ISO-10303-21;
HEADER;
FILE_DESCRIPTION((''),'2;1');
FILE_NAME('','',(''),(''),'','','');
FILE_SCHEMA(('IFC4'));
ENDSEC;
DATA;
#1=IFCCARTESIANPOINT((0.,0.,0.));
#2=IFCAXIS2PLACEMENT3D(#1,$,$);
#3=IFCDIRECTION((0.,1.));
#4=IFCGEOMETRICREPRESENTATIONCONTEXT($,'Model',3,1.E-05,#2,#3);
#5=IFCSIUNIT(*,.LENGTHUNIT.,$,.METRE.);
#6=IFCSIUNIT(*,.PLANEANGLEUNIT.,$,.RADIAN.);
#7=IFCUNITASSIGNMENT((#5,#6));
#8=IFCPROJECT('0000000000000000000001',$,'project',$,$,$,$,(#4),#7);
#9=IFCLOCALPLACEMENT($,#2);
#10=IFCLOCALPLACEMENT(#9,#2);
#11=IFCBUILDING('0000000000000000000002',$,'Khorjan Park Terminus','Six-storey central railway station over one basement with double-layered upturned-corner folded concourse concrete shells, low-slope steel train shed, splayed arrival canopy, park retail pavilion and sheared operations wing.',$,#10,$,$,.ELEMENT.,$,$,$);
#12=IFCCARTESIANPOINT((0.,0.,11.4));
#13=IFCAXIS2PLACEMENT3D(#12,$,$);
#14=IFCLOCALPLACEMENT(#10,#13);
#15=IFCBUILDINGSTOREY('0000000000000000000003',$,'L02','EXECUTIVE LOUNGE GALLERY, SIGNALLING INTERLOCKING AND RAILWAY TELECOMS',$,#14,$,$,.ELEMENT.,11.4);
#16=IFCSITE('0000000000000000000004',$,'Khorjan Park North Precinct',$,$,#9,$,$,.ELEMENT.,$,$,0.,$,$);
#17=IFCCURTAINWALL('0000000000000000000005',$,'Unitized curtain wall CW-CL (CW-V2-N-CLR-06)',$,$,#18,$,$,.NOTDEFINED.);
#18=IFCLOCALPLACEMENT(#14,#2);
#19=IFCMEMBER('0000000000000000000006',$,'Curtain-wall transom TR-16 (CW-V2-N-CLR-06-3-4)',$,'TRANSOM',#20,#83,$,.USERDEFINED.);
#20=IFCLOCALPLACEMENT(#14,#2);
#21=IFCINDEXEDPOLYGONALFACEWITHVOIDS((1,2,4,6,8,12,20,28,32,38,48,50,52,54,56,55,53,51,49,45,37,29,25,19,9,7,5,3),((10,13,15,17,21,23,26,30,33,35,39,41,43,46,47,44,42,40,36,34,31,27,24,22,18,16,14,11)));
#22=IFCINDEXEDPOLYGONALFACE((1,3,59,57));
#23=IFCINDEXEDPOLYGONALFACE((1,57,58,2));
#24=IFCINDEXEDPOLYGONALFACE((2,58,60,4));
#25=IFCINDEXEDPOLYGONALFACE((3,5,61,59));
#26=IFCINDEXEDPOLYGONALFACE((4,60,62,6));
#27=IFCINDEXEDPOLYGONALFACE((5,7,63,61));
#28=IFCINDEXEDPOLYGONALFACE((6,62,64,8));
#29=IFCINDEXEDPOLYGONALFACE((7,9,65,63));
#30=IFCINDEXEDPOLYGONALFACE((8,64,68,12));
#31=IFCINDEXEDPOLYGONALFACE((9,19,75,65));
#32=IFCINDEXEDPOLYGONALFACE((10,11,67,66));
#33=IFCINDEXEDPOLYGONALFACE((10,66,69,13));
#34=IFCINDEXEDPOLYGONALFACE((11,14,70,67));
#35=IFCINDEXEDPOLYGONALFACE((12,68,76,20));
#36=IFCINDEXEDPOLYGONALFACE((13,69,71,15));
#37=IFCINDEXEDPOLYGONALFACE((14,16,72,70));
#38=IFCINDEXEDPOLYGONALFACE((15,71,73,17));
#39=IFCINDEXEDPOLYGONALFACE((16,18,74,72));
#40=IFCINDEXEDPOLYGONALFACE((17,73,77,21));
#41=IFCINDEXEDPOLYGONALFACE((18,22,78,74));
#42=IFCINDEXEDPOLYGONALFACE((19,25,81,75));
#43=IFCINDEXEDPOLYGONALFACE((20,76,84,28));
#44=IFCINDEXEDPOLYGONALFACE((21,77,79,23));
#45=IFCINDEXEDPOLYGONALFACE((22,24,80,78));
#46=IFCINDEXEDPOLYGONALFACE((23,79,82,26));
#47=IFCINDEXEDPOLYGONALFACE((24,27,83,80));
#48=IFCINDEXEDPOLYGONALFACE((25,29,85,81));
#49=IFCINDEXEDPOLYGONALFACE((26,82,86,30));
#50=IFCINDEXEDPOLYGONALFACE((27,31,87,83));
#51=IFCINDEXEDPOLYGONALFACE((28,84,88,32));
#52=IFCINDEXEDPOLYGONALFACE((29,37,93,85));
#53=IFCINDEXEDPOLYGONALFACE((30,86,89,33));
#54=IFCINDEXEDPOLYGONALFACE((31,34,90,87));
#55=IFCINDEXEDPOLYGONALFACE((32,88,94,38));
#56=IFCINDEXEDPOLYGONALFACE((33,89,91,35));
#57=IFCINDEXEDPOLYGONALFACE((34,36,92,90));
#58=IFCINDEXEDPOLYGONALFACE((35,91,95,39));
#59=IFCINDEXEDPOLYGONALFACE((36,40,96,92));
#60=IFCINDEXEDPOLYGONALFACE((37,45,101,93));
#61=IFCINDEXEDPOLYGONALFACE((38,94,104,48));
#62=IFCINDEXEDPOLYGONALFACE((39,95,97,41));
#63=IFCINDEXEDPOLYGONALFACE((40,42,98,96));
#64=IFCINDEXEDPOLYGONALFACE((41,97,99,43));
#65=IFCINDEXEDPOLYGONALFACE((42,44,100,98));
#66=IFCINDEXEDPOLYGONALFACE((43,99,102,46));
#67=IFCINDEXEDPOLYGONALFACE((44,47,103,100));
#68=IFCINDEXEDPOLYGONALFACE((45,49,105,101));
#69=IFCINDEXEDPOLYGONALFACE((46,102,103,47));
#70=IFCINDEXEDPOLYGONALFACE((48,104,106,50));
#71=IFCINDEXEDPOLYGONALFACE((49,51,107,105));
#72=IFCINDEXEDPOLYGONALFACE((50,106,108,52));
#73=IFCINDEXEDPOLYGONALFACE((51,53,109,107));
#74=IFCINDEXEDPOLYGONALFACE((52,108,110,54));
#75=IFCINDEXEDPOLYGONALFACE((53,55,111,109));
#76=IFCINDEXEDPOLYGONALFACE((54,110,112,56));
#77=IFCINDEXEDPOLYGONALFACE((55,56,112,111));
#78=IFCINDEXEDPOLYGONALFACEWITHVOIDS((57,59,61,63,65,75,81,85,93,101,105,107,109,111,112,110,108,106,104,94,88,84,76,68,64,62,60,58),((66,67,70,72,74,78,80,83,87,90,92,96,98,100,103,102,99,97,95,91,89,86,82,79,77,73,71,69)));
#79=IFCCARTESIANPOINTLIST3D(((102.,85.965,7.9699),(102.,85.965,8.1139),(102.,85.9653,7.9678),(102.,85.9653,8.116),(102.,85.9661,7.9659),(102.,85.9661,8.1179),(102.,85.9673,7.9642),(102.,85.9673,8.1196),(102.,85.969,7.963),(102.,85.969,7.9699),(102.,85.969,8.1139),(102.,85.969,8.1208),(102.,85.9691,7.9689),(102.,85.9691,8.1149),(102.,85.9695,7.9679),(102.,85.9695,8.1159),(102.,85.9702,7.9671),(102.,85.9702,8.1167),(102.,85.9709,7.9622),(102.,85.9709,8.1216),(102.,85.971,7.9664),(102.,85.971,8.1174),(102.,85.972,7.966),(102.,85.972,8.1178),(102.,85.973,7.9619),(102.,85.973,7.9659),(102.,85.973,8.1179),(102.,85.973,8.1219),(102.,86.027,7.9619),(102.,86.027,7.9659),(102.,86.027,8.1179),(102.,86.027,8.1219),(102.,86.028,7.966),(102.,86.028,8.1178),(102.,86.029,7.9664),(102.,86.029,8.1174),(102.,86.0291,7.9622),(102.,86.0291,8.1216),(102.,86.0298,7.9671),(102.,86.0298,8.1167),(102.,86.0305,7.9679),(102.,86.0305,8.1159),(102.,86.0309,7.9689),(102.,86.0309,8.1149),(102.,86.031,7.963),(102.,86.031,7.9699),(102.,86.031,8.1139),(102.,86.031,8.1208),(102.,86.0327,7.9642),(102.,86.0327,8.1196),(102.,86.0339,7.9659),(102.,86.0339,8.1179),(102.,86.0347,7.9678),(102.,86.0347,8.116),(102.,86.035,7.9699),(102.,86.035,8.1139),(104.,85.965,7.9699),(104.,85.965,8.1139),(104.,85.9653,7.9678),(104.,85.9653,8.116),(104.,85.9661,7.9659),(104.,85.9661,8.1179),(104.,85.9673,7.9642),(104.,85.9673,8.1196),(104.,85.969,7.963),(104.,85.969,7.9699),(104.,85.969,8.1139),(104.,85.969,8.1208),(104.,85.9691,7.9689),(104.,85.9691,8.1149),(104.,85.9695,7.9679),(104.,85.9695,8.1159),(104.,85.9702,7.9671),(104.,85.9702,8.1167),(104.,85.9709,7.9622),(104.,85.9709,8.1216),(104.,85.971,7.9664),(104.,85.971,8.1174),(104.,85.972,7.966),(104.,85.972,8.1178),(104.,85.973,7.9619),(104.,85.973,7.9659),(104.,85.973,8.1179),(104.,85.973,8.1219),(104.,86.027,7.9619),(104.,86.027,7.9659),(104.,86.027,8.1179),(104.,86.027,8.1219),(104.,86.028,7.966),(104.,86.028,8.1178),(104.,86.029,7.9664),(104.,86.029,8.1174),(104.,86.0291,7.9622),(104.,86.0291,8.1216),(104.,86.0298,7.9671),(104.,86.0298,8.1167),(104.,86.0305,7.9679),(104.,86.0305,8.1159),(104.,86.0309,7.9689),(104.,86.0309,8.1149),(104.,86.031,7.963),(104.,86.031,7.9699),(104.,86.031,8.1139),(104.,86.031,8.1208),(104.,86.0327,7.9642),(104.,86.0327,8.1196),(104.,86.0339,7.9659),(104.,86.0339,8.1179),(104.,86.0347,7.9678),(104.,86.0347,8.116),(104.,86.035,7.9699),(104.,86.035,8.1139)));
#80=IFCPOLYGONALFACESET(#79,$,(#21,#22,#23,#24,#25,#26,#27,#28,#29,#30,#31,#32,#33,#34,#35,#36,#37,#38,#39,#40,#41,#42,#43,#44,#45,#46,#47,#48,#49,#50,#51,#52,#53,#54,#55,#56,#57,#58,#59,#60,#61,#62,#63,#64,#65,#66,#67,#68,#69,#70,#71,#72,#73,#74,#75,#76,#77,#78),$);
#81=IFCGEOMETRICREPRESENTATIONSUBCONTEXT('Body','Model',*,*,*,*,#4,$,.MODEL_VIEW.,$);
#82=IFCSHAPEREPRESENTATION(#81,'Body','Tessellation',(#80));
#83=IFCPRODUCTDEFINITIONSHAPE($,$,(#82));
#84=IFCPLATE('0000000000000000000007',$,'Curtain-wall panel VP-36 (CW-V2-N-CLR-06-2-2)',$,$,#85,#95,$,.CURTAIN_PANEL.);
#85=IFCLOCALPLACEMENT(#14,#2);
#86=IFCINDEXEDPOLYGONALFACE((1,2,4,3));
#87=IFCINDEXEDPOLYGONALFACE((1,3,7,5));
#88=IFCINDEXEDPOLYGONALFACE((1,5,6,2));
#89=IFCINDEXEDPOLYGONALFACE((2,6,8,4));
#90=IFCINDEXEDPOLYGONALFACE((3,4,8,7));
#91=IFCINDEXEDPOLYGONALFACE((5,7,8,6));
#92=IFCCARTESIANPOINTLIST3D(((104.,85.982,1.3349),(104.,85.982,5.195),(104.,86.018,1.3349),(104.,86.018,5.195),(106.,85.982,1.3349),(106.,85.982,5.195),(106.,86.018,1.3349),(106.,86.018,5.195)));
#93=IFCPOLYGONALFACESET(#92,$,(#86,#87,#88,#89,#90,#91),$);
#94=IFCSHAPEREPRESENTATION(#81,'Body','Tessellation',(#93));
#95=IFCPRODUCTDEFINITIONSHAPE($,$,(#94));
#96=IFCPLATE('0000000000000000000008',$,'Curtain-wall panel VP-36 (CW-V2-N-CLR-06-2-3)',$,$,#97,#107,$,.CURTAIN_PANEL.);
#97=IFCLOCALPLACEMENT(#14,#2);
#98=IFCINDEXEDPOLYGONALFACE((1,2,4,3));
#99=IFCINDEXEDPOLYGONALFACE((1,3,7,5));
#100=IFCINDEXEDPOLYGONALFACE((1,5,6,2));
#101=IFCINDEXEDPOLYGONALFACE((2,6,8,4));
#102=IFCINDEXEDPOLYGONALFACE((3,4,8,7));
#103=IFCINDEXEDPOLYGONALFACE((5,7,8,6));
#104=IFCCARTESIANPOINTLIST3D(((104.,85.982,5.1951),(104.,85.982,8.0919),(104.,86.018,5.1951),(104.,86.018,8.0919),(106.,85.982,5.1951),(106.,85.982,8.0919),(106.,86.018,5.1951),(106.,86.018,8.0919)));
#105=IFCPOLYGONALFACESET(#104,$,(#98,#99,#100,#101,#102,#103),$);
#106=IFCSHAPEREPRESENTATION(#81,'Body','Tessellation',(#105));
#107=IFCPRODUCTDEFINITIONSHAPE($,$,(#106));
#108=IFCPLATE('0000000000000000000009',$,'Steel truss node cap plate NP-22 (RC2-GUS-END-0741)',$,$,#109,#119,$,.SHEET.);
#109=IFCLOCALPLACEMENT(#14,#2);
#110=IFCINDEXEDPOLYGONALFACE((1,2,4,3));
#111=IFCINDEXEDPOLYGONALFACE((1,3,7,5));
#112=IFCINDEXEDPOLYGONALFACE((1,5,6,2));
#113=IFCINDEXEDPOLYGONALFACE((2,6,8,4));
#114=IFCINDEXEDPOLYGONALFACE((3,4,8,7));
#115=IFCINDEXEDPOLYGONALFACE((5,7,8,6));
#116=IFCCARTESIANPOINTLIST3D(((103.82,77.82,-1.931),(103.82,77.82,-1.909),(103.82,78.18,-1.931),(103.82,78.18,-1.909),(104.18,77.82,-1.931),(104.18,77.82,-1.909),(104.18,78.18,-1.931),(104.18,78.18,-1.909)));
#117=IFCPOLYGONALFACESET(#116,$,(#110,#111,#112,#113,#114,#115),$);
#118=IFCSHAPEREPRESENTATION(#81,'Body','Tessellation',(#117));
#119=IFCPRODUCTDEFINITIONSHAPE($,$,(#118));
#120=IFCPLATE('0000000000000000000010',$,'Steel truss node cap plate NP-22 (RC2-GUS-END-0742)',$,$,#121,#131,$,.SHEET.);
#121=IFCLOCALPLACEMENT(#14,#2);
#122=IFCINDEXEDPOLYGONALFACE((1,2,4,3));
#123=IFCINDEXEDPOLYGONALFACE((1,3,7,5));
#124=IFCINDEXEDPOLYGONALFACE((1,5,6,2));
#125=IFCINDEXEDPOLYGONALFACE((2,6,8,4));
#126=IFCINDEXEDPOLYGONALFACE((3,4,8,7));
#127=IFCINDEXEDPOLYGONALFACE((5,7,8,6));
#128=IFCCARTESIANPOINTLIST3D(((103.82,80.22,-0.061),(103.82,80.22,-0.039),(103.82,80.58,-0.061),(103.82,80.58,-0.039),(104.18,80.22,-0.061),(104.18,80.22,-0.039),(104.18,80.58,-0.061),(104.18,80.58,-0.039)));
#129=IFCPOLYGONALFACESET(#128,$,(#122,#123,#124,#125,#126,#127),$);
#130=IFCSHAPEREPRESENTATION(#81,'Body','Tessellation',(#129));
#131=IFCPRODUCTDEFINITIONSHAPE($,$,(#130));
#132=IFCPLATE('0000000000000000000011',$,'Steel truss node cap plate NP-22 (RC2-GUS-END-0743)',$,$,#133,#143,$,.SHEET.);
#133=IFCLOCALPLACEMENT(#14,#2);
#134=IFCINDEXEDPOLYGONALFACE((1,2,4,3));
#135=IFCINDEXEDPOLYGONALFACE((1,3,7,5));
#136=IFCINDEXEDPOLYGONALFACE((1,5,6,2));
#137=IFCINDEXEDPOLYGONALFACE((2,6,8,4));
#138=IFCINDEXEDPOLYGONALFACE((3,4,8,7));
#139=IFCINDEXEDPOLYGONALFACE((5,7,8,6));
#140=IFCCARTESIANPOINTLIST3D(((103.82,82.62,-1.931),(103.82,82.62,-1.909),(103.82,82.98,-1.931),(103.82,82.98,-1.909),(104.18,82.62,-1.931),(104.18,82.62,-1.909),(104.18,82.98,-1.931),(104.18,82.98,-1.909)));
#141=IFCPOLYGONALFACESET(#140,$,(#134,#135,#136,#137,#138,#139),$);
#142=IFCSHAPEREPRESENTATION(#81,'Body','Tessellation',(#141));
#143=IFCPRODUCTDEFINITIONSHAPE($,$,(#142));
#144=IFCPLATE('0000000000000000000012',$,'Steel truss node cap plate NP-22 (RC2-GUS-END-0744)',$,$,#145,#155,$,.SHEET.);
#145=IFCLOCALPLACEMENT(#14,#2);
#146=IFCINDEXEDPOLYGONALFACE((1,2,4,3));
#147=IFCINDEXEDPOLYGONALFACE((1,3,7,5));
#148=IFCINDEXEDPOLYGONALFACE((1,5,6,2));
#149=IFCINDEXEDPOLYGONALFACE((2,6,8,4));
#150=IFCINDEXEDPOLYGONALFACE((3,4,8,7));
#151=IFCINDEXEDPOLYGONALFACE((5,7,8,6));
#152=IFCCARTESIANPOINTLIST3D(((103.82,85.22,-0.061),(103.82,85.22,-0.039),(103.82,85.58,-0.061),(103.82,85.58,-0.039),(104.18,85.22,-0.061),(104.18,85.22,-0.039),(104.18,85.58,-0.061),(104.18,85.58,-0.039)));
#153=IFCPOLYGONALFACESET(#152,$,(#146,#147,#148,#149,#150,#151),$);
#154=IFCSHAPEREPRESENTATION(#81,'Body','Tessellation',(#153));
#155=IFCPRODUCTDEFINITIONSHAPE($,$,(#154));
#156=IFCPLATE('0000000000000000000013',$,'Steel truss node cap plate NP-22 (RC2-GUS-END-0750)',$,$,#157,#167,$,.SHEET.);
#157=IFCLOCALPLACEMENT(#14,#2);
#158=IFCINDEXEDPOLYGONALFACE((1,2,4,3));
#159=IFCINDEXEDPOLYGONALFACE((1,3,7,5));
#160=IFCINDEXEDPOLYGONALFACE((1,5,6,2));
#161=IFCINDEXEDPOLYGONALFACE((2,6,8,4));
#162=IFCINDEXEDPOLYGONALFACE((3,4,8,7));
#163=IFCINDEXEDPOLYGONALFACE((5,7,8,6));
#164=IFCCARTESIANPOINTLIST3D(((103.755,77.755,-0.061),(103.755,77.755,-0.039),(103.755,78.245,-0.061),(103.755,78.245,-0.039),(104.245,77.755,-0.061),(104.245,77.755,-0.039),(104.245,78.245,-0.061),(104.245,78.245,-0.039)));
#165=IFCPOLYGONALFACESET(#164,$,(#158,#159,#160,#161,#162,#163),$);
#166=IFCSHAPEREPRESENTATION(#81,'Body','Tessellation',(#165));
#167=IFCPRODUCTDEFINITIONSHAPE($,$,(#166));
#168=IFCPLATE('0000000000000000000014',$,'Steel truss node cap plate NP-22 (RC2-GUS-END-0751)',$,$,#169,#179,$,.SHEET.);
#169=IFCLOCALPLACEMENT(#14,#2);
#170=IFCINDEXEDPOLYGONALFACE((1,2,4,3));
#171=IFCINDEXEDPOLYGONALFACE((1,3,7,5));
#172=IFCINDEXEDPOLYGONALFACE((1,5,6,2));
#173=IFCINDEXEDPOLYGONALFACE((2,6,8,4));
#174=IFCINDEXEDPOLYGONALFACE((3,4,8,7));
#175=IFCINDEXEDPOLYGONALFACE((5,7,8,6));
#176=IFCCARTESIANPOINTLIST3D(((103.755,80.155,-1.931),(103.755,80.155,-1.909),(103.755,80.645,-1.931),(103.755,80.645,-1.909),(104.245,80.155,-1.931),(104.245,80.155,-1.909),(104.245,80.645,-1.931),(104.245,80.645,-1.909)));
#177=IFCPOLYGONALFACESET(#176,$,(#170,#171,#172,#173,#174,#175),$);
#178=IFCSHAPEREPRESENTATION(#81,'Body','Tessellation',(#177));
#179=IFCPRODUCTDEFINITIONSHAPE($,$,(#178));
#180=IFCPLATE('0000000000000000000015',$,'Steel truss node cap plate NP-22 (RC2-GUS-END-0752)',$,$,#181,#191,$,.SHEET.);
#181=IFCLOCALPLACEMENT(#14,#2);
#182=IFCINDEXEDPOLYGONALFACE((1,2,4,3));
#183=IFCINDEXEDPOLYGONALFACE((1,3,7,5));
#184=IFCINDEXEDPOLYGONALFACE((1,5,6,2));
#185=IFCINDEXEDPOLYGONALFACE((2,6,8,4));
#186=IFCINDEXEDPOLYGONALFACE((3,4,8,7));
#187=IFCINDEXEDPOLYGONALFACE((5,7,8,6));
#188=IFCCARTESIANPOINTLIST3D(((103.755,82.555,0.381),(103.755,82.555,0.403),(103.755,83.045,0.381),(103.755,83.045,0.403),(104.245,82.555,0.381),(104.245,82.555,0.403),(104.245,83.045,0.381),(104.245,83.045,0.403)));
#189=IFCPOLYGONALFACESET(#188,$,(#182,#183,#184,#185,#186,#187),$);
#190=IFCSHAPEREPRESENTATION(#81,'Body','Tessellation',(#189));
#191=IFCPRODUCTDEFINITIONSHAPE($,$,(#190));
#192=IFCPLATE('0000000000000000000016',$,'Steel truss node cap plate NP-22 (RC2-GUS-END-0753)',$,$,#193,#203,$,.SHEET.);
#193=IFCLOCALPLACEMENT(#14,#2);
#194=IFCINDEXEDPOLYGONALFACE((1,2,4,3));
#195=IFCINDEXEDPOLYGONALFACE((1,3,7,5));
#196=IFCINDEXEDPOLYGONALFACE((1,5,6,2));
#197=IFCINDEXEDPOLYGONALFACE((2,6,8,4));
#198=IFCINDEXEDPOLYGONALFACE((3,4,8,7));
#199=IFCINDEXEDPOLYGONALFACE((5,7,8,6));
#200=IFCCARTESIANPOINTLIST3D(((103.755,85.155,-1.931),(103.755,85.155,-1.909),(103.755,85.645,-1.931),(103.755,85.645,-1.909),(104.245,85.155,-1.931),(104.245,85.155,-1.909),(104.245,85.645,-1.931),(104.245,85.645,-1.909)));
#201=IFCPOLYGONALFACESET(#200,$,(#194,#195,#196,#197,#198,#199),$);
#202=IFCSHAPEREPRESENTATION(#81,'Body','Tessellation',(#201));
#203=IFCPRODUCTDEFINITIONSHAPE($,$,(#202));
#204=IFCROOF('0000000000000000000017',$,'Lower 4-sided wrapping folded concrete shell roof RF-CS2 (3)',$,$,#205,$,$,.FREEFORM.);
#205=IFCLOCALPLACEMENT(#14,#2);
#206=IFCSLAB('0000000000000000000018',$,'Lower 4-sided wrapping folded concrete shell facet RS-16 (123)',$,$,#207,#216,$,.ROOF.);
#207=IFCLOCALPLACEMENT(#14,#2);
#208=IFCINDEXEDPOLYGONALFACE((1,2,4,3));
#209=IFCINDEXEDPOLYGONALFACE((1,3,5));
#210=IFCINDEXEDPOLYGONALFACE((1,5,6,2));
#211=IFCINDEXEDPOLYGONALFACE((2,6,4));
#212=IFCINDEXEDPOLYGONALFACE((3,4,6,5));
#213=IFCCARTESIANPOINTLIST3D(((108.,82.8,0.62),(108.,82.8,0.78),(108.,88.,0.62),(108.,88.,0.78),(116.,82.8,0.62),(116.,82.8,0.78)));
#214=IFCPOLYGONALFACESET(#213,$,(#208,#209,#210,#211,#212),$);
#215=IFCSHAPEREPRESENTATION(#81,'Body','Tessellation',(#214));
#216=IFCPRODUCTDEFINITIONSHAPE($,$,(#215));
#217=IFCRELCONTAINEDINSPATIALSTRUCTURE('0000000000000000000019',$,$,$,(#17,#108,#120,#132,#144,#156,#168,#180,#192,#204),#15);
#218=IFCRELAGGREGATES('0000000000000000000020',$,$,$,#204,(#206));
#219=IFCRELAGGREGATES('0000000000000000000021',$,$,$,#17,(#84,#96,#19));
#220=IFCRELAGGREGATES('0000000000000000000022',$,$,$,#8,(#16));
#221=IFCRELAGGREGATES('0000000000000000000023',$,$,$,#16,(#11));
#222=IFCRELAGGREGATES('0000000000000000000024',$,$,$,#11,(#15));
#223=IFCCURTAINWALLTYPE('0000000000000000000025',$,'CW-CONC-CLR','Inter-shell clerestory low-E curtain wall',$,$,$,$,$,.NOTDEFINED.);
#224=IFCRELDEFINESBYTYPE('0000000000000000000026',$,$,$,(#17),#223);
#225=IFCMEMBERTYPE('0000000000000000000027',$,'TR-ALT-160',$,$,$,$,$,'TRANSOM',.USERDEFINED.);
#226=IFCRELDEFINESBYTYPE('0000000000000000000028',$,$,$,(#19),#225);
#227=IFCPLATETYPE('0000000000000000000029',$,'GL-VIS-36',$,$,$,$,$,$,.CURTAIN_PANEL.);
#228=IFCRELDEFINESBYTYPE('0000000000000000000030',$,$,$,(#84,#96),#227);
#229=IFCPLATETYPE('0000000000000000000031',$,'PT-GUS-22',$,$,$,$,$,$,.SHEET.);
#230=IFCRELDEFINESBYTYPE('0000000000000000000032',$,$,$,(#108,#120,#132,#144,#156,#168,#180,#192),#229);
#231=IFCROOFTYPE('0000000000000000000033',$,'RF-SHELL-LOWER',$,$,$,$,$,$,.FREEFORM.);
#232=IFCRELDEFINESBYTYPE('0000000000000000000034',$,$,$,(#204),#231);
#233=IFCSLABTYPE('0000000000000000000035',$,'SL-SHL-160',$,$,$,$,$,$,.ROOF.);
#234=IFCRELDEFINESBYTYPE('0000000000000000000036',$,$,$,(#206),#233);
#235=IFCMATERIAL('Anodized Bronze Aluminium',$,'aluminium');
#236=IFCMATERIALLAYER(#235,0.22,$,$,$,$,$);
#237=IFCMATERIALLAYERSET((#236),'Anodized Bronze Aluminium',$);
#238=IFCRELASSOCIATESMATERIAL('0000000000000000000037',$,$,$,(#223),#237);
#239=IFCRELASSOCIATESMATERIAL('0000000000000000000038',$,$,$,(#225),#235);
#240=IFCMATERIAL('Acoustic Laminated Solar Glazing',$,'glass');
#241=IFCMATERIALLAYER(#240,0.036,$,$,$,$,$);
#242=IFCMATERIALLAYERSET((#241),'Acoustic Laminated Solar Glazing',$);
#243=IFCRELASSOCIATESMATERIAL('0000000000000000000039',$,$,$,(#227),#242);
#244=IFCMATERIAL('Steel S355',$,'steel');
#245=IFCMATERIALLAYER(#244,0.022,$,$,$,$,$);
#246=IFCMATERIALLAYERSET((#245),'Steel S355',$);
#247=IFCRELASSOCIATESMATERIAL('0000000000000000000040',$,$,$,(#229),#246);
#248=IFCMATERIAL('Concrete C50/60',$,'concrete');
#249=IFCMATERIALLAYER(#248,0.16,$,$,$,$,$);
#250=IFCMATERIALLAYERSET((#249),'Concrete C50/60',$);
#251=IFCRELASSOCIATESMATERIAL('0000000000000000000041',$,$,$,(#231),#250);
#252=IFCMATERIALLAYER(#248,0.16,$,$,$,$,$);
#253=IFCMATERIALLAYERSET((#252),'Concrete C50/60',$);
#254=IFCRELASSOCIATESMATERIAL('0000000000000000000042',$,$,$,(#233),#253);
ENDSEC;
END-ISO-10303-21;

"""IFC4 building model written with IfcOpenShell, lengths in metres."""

from ifc_helpers import new_model, si_unit, direction, frame, origin, origin_2d, place, context, subcontext, project, spatial, polyline, rectangle, hollow_rectangle, outline, extrude, material, layer, layer_set, material_profile, profile_set, type_object, element, aggregate, save


model = new_model("IFC4")

# Units and contexts
model_context = context("Model", 3, precision=1e-05, world=origin(), true_north=direction((0.0, 1.0)))
body_context = subcontext(model_context, "Body", "Model", "MODEL_VIEW")
ifc_project = project(units=[si_unit("LENGTHUNIT", "METRE"), si_unit("PLANEANGLEUNIT", "RADIAN")], contexts=[model_context])

# Site, building, storey
site_placement = place(None, origin())
site = spatial("IfcSite", under=ifc_project, at=site_placement, Name="Khorjan Park North Precinct", CompositionType="ELEMENT", RefElevation=0.0)
building_placement = place(site_placement, origin())
building = spatial("IfcBuilding", under=site, at=building_placement, Name="Khorjan Park Terminus", Description="Six-storey central railway station over one basement with double-layered upturned-corner folded concourse concrete shells, low-slope steel train shed, splayed arrival canopy, park retail pavilion and sheared operations wing.", CompositionType="ELEMENT")
storey_placement = place(building_placement, frame((0.0, 0.0, 11.4)))
storey = spatial("IfcBuildingStorey", under=building, at=storey_placement, Name="L02", Description="EXECUTIVE LOUNGE GALLERY, SIGNALLING INTERLOCKING AND RAILWAY TELECOMS", CompositionType="ELEMENT", Elevation=11.4)

# Shared definitions
ifc_material_1 = material(Name="Steel S355", Category="steel")

# Curtain wall, member, plates
ifc_material_2 = material(Name="Anodized Bronze Aluminium", Category="aluminium")
ifc_layer_1 = layer(ifc_material_2, 0.22)
ifc_layer_set_1 = layer_set([ifc_layer_1], Name="Anodized Bronze Aluminium")
curtain_wall_type = type_object("IfcCurtainWallType", Name="CW-CONC-CLR", Description="Inter-shell clerestory low-E curtain wall", PredefinedType="NOTDEFINED", material=ifc_layer_set_1)
curtain_wall_placement = place(storey_placement, origin())
curtain_wall = element("IfcCurtainWall", 1, at=curtain_wall_placement, inside=storey, type_object=curtain_wall_type, Name="Unitized curtain wall CW-CL (CW-V2-N-CLR-06)", PredefinedType="NOTDEFINED")
ifc_material_profile_1 = material_profile(ifc_material_2, hollow_rectangle(XDim=0.07, YDim=0.16, WallThickness=0.004, InnerFilletRadius=0.004, OuterFilletRadius=0.008, at=origin_2d()), Name="ALT 70x160x4")
ifc_profile_set_1 = profile_set([ifc_material_profile_1], Name="Anodized Bronze Aluminium")
member_type_1 = type_object("IfcMemberType", Name="TR-ALT-160", ElementType="TRANSOM", PredefinedType="USERDEFINED", material=ifc_profile_set_1)
member_1_placement = place(storey_placement, frame((104.0, 86.0, 8.0419), z_axis=(-1.0, 0.0, 0.0), x_axis=(0.0, -1.0, 0.0)))
member_1 = element("IfcMember", 2, at=member_1_placement, type_object=member_type_1, Name="Curtain-wall transom TR-16 (CW-V2-N-CLR-06-3-4)", ObjectType="TRANSOM", PredefinedType="USERDEFINED", context=body_context, shape_type="SweptSolid", body=[
    extrude(hollow_rectangle(XDim=0.07, YDim=0.16, WallThickness=0.004, InnerFilletRadius=0.004, OuterFilletRadius=0.008, at=origin_2d()), origin(), (0.0, 0.0, 1.0), 2.0),
])
ifc_material_3 = material(Name="Acoustic Laminated Solar Glazing", Category="glass")
ifc_layer_2 = layer(ifc_material_3, 0.036)
ifc_layer_set_2 = layer_set([ifc_layer_2], Name="Acoustic Laminated Solar Glazing")
plate_type_1 = type_object("IfcPlateType", Name="GL-VIS-36", PredefinedType="CURTAIN_PANEL", material=ifc_layer_set_2)
plate_1_placement = place(storey_placement, frame((105.0, 86.0, 1.3349), z_axis=(0.0, 0.0, 1.0), x_axis=(-1.0, 0.0, 0.0)))
plate_1 = element("IfcPlate", 3, at=plate_1_placement, type_object=plate_type_1, Name="Curtain-wall panel VP-36 (CW-V2-N-CLR-06-2-2)", PredefinedType="CURTAIN_PANEL", context=body_context, shape_type="SweptSolid", body=[
    extrude(rectangle(XDim=2.0, YDim=0.036, at=origin_2d()), origin(), (0.0, 0.0, 1.0), 3.8601),
])
plate_2_placement = place(storey_placement, frame((105.0, 86.0, 5.1951), z_axis=(0.0, 0.0, 1.0), x_axis=(-1.0, 0.0, 0.0)))
plate_2 = element("IfcPlate", 4, at=plate_2_placement, type_object=plate_type_1, Name="Curtain-wall panel VP-36 (CW-V2-N-CLR-06-2-3)", PredefinedType="CURTAIN_PANEL", context=body_context, shape_type="SweptSolid", body=[
    extrude(rectangle(XDim=2.0, YDim=0.036, at=origin_2d()), origin(), (0.0, 0.0, 1.0), 2.8968),
])

# Plates
ifc_layer_3 = layer(ifc_material_1, 0.022)
ifc_layer_set_3 = layer_set([ifc_layer_3], Name="Steel S355")
plate_type_2 = type_object("IfcPlateType", Name="PT-GUS-22", PredefinedType="SHEET", material=ifc_layer_set_3)
for number, where, z_axis, x_axis, name in (
    (5, (104.0, 78.0, -1.931), (0.0, 0.0, 1.0), (1.0, 0.0, 0.0), "Steel truss node cap plate NP-22 (RC2-GUS-END-0741)"),
    (6, (104.0, 80.4, -0.061), (0.0, 0.0, 1.0), (1.0, 0.0, 0.0), "Steel truss node cap plate NP-22 (RC2-GUS-END-0742)"),
    (7, (104.0, 82.8, -1.931), (0.0, 0.0, 1.0), (1.0, 0.0, 0.0), "Steel truss node cap plate NP-22 (RC2-GUS-END-0743)"),
    (8, (104.0, 85.4, -0.061), (0.0, 0.0, 1.0), (1.0, 0.0, 0.0), "Steel truss node cap plate NP-22 (RC2-GUS-END-0744)"),
):
    element("IfcPlate", number, at=place(storey_placement, frame(where, z_axis=z_axis, x_axis=x_axis)), inside=storey, type_object=plate_type_2, Name=name, PredefinedType="SHEET", context=body_context, shape_type="SweptSolid", body=[
        extrude(rectangle(XDim=0.36, YDim=0.36, at=origin_2d()), origin(), (0.0, 0.0, 1.0), 0.022),
    ])
for number, where, z_axis, x_axis, name in (
    (9, (104.0, 78.0, -0.061), (0.0, 0.0, 1.0), (1.0, 0.0, 0.0), "Steel truss node cap plate NP-22 (RC2-GUS-END-0750)"),
    (10, (104.0, 80.4, -1.931), (0.0, 0.0, 1.0), (1.0, 0.0, 0.0), "Steel truss node cap plate NP-22 (RC2-GUS-END-0751)"),
    (11, (104.0, 82.8, 0.381), (0.0, 0.0, 1.0), (1.0, 0.0, 0.0), "Steel truss node cap plate NP-22 (RC2-GUS-END-0752)"),
    (12, (104.0, 85.4, -1.931), (0.0, 0.0, 1.0), (1.0, 0.0, 0.0), "Steel truss node cap plate NP-22 (RC2-GUS-END-0753)"),
):
    element("IfcPlate", number, at=place(storey_placement, frame(where, z_axis=z_axis, x_axis=x_axis)), inside=storey, type_object=plate_type_2, Name=name, PredefinedType="SHEET", context=body_context, shape_type="SweptSolid", body=[
        extrude(rectangle(XDim=0.49, YDim=0.49, at=origin_2d()), origin(), (0.0, 0.0, 1.0), 0.022),
    ])

# Roof, slab
ifc_material_4 = material(Name="Concrete C50/60", Category="concrete")
ifc_layer_4 = layer(ifc_material_4, 0.16)
ifc_layer_set_4 = layer_set([ifc_layer_4], Name="Concrete C50/60")
roof_type = type_object("IfcRoofType", Name="RF-SHELL-LOWER", PredefinedType="FREEFORM", material=ifc_layer_set_4)
roof_placement = place(storey_placement, origin())
roof = element("IfcRoof", 13, at=roof_placement, inside=storey, type_object=roof_type, Name="Lower 4-sided wrapping folded concrete shell roof RF-CS2 (3)", PredefinedType="FREEFORM")
ifc_layer_5 = layer(ifc_material_4, 0.16)
ifc_layer_set_5 = layer_set([ifc_layer_5], Name="Concrete C50/60")
slab_type = type_object("IfcSlabType", Name="SL-SHL-160", PredefinedType="ROOF", material=ifc_layer_set_5)
slab_placement = place(storey_placement, frame((108.0, 82.8, 0.78), z_axis=(0.0, 0.0, 1.0), x_axis=(1.0, 0.0, 0.0)))
slab = element("IfcSlab", 14, at=slab_placement, type_object=slab_type, Name="Lower 4-sided wrapping folded concrete shell facet RS-16 (123)", PredefinedType="ROOF", context=body_context, shape_type="SweptSolid", body=[
    extrude(outline(polyline([(0.0, 0.0), (8.0, 0.0), (0.0, 5.2), (0.0, 0.0)])), origin(), (0.0, 0.0, -1.0), 0.16),
])
aggregate(roof, [slab])

aggregate(curtain_wall, [plate_1, plate_2, member_1])

save(model, "model.ifc")
